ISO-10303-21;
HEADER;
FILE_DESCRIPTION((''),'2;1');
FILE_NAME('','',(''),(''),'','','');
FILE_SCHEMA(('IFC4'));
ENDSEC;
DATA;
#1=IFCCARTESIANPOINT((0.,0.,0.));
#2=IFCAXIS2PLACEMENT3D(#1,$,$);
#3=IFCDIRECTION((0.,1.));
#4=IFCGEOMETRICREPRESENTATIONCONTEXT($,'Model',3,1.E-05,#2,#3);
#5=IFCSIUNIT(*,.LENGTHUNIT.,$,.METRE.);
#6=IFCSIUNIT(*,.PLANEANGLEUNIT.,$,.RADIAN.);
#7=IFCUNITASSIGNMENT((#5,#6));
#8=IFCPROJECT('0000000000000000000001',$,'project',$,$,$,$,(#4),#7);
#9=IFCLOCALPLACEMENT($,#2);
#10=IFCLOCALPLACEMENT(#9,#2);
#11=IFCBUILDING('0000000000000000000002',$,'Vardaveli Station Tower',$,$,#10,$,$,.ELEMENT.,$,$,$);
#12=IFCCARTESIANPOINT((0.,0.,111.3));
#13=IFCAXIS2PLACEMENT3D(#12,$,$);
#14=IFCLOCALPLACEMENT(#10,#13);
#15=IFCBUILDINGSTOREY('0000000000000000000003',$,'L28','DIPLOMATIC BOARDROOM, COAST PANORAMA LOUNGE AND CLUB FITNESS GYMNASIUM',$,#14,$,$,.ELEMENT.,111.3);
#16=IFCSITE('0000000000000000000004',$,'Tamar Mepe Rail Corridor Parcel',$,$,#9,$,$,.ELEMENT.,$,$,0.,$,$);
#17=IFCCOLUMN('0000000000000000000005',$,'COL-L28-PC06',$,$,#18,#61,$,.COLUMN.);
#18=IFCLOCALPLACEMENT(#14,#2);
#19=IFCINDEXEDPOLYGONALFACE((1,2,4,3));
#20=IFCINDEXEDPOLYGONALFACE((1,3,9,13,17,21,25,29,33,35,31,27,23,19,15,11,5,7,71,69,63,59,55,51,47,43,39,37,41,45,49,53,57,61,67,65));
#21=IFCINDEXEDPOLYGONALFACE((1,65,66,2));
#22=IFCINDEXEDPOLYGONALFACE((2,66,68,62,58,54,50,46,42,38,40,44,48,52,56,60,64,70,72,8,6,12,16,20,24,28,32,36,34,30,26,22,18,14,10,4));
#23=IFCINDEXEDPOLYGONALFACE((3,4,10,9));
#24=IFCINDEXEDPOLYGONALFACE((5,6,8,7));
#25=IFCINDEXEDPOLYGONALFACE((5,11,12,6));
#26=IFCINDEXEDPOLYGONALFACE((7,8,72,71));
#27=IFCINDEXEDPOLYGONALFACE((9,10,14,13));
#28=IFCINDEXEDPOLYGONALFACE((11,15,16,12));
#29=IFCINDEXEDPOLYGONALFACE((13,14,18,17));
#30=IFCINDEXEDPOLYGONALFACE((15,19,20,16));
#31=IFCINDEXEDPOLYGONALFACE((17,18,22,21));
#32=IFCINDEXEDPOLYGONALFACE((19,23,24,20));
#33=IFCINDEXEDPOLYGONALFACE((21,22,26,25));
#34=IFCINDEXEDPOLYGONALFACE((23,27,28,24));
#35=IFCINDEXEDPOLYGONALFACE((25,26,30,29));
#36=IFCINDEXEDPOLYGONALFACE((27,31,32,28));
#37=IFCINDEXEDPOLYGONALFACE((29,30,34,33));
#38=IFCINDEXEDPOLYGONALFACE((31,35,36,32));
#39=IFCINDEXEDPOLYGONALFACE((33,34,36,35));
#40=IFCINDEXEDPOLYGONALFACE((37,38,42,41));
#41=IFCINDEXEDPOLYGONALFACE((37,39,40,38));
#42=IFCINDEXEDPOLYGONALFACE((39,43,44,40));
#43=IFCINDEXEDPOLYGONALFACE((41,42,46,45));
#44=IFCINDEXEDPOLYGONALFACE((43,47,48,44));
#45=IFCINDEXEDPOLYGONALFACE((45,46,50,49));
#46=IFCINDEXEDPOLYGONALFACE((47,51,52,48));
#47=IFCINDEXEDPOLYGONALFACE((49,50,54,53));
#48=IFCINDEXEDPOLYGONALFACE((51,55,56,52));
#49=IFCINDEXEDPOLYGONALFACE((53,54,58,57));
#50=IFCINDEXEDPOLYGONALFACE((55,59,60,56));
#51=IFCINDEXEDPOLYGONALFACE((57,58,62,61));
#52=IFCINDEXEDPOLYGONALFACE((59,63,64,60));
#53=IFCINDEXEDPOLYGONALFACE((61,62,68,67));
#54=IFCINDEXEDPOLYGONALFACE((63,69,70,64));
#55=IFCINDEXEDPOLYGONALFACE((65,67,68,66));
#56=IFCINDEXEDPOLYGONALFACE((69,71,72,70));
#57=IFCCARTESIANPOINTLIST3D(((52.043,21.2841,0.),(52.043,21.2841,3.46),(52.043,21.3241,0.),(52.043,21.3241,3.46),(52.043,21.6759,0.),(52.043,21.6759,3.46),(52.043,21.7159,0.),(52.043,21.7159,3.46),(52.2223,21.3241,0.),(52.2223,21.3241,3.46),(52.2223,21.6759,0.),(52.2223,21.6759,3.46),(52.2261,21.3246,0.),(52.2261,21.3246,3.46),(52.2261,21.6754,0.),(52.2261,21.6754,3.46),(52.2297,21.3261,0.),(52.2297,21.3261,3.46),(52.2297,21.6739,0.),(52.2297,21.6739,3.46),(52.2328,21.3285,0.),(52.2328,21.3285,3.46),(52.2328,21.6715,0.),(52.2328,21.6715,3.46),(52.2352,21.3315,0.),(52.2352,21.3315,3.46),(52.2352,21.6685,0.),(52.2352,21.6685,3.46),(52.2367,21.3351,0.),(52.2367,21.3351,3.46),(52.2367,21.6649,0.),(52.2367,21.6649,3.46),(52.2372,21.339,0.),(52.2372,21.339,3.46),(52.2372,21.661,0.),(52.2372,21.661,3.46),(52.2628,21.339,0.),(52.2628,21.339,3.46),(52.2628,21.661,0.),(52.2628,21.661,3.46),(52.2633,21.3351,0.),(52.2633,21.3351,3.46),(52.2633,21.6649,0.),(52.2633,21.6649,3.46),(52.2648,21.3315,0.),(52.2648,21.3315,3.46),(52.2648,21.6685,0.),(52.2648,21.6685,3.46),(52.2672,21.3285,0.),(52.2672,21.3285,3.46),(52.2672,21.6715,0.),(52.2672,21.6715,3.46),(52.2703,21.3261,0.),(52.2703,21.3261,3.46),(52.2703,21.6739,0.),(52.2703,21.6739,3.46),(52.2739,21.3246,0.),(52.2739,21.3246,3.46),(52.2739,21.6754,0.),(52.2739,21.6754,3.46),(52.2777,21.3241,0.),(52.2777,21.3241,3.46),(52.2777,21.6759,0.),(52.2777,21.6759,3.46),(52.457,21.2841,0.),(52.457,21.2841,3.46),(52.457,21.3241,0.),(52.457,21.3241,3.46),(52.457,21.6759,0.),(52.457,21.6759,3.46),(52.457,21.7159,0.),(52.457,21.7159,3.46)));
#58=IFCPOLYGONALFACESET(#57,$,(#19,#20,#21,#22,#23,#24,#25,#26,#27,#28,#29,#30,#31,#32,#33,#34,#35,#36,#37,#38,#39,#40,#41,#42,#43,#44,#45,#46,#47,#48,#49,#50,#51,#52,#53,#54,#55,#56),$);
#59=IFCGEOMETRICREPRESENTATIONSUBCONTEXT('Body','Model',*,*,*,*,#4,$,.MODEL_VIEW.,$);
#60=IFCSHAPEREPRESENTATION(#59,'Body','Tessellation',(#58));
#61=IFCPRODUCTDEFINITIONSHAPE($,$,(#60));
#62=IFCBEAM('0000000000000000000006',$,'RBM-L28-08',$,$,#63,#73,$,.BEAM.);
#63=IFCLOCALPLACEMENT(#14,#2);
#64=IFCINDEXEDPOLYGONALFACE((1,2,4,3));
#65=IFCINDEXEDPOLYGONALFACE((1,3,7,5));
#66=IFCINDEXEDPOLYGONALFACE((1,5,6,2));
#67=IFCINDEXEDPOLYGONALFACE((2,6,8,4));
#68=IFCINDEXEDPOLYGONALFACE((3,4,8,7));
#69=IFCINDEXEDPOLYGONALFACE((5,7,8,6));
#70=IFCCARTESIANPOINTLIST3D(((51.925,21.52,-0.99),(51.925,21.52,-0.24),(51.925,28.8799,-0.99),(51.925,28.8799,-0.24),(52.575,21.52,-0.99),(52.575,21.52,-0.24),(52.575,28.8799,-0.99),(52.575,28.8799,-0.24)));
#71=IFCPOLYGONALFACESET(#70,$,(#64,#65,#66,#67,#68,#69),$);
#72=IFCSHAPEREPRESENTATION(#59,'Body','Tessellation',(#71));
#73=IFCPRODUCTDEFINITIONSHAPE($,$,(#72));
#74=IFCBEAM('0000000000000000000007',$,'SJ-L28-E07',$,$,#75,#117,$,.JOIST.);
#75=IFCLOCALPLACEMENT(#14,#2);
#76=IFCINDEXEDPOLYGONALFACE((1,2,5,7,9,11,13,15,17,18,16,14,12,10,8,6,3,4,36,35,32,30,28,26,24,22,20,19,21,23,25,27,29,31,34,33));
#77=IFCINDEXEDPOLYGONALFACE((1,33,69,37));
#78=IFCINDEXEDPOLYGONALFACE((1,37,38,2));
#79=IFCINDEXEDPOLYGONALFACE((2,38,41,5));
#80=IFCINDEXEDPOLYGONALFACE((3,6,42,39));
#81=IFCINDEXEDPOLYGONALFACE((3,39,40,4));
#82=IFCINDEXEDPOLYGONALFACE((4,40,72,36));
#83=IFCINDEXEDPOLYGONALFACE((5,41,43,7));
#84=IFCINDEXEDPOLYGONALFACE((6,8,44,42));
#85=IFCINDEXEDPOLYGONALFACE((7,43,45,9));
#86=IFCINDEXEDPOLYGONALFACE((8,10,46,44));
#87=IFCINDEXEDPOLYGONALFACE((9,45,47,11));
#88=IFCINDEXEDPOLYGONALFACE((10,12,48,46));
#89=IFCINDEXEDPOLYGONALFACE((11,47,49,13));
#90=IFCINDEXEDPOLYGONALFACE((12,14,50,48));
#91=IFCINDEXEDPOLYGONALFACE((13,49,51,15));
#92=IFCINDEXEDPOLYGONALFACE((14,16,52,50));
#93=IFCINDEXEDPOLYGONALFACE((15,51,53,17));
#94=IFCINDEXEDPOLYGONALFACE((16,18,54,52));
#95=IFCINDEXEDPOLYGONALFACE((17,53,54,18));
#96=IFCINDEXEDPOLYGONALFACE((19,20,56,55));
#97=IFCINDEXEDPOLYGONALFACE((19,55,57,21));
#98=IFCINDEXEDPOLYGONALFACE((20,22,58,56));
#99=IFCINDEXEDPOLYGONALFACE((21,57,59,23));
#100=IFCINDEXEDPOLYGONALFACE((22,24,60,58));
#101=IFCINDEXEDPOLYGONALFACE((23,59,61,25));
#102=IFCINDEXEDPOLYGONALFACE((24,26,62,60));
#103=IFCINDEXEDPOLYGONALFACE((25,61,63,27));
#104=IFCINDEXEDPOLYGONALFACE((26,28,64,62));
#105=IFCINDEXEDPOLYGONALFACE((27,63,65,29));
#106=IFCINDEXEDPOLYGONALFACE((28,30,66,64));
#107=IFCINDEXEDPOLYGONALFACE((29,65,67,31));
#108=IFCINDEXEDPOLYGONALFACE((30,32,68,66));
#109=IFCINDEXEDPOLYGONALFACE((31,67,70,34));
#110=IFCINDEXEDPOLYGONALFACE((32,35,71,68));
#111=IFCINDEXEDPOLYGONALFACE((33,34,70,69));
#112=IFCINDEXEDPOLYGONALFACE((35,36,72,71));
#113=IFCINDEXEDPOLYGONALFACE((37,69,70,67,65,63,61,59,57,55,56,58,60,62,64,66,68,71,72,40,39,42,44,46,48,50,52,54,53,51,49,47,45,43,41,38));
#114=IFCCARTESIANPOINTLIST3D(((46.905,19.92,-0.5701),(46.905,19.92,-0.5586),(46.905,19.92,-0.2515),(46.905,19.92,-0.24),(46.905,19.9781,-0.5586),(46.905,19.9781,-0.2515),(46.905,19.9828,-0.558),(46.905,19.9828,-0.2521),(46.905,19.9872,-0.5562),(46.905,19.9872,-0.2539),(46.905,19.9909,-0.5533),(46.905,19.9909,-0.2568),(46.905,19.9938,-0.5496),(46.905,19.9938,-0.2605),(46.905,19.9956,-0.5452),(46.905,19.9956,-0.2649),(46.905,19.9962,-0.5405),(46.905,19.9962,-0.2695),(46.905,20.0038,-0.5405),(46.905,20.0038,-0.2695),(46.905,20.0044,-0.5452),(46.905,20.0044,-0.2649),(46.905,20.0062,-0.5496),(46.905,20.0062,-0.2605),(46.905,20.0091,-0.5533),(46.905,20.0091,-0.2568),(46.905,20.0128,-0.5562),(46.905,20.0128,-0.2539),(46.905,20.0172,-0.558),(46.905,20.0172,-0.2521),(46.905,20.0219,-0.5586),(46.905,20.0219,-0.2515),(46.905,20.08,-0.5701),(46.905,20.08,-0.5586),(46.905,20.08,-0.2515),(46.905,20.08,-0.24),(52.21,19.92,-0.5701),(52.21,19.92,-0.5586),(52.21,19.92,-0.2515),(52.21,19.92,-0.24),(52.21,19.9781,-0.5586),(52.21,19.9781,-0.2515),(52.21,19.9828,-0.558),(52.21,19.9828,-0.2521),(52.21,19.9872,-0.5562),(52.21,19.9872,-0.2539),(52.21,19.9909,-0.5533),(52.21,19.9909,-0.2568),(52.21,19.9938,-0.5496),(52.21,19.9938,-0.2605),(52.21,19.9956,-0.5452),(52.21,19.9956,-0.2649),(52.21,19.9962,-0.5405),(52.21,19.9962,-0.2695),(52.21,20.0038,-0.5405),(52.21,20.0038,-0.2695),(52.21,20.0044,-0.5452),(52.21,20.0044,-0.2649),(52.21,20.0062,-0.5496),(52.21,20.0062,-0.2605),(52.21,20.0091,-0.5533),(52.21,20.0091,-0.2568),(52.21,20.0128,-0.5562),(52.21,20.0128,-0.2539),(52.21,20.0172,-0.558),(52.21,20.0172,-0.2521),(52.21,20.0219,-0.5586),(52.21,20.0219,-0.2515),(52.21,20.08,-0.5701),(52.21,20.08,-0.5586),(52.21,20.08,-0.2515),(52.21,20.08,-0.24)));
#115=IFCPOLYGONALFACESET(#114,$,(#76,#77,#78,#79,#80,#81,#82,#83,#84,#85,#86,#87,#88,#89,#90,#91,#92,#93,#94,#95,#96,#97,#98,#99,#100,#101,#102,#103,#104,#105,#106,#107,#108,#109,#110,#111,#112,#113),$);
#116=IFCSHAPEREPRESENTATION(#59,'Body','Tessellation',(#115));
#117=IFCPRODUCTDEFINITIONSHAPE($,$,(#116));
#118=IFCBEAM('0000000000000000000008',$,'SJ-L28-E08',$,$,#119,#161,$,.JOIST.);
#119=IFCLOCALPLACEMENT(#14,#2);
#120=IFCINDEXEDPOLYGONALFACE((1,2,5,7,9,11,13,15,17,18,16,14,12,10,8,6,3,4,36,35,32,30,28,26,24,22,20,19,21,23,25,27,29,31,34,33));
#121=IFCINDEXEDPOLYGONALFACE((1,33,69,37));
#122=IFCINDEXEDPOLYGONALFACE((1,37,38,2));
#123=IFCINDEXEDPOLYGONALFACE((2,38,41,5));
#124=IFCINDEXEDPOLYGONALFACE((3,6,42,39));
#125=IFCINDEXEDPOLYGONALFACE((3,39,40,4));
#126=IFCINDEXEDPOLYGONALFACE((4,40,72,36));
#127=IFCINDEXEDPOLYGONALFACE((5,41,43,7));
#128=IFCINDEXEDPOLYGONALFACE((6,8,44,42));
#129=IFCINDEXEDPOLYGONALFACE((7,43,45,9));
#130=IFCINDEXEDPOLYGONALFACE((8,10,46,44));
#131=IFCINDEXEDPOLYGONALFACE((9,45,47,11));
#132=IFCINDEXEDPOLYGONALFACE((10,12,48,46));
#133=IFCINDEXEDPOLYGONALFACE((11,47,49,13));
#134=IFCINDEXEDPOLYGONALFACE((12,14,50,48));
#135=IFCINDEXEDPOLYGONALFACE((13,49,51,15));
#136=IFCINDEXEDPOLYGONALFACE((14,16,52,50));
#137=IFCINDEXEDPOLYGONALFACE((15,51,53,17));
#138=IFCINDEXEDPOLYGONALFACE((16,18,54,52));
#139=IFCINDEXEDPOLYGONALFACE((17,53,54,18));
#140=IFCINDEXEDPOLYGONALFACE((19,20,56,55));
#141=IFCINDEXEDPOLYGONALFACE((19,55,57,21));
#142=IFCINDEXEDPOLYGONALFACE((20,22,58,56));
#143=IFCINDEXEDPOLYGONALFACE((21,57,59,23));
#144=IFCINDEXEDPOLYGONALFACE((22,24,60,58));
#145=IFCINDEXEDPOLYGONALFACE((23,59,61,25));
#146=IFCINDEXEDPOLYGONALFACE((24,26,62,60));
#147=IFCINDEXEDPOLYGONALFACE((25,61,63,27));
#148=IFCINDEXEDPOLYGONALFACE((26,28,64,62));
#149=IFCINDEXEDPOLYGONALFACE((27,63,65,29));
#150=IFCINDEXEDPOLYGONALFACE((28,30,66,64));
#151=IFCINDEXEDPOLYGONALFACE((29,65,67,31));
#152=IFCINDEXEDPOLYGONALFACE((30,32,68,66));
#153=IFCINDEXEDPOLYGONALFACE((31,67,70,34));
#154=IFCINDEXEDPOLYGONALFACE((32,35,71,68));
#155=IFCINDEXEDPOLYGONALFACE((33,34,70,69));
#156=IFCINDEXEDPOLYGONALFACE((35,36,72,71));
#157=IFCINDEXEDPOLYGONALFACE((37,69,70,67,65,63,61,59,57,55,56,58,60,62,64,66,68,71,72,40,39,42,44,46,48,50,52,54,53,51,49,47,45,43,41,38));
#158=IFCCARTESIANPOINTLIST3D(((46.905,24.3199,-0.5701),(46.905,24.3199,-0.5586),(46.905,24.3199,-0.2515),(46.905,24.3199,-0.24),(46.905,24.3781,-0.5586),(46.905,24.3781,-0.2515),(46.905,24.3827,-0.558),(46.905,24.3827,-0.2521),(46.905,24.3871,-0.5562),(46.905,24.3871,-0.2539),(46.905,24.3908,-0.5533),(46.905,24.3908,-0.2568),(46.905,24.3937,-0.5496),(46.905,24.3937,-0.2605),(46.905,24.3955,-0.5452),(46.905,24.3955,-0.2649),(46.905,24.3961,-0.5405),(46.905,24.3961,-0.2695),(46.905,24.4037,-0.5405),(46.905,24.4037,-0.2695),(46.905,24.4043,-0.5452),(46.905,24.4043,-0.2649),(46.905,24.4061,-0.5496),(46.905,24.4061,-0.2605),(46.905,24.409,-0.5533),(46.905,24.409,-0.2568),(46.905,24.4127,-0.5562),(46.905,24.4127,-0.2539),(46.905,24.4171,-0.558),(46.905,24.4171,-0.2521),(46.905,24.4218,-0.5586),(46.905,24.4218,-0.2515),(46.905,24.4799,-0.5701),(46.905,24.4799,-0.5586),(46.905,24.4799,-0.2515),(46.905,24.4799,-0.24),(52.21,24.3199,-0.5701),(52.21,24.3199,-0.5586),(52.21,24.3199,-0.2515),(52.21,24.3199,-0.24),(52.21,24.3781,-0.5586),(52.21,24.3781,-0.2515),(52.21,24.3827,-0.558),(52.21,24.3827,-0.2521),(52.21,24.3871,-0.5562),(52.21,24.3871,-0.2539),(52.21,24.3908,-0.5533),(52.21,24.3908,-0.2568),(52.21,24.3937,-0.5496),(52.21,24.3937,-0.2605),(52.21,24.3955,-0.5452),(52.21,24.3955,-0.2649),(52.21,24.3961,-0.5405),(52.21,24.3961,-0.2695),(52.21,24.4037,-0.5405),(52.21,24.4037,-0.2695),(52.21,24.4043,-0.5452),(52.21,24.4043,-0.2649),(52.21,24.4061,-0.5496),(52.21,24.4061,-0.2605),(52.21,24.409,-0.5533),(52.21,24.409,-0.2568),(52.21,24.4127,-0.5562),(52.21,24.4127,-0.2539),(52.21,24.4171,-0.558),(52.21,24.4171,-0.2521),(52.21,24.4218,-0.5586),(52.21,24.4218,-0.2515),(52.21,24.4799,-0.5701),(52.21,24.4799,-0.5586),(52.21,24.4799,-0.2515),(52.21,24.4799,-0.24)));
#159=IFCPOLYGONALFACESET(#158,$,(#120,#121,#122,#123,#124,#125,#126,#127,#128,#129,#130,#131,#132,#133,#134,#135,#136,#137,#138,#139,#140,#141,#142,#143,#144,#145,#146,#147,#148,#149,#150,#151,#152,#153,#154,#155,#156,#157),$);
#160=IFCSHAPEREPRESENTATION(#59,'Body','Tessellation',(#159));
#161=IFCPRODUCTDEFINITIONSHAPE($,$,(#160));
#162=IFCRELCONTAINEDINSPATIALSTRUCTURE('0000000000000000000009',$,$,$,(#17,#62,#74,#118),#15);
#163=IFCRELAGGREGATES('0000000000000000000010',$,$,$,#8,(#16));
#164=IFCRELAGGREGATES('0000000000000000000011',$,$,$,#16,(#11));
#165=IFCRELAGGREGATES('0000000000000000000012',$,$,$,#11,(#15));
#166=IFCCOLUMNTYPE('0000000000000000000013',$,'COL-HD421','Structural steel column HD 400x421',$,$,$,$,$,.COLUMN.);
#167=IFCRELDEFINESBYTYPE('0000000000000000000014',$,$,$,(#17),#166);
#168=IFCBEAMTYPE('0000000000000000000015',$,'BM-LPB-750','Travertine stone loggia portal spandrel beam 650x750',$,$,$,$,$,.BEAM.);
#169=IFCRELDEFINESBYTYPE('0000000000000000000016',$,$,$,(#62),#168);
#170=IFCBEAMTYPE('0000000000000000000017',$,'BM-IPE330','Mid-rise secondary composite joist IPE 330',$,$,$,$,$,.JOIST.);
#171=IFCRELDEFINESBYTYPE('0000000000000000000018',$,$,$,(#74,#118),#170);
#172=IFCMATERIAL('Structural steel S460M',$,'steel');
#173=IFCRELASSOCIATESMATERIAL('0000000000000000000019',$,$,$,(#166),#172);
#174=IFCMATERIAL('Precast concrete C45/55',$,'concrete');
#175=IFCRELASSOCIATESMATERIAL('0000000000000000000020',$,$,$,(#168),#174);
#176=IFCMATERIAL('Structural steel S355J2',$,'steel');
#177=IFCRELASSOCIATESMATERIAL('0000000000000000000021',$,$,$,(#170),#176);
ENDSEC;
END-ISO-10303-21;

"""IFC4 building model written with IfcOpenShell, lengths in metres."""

from ifc_helpers import new_model, si_unit, direction, frame, origin, origin_2d, place, context, subcontext, project, spatial, rectangle, i_section, extrude, source, transform, mapped, material, material_profile, profile_set, type_object, element, save


model = new_model("IFC4")

# Units and contexts
model_context = context("Model", 3, precision=1e-05, world=origin(), true_north=direction((0.0, 1.0)))
body_context = subcontext(model_context, "Body", "Model", "MODEL_VIEW")
ifc_project = project(units=[si_unit("LENGTHUNIT", "METRE"), si_unit("PLANEANGLEUNIT", "RADIAN")], contexts=[model_context])

# Site, building, storey
site_placement = place(None, origin())
site = spatial("IfcSite", under=ifc_project, at=site_placement, Name="Tamar Mepe Rail Corridor Parcel", CompositionType="ELEMENT", RefElevation=0.0)
building_placement = place(site_placement, origin())
building = spatial("IfcBuilding", under=site, at=building_placement, Name="Vardaveli Station Tower", CompositionType="ELEMENT")
storey_placement = place(building_placement, frame((0.0, 0.0, 111.3)))
storey = spatial("IfcBuildingStorey", under=building, at=storey_placement, Name="L28", Description="DIPLOMATIC BOARDROOM, COAST PANORAMA LOUNGE AND CLUB FITNESS GYMNASIUM", CompositionType="ELEMENT", Elevation=111.3)

# Column
ifc_material_1 = material(Name="Structural steel S460M", Category="steel")
ifc_material_profile_1 = material_profile(ifc_material_1, i_section(OverallWidth=0.4141, OverallDepth=0.4319, WebThickness=0.0256, FlangeThickness=0.04, FilletRadius=0.0149, at=origin_2d()), Name="HD 400x421")
ifc_profile_set_1 = profile_set([ifc_material_profile_1], Name="Structural steel S460M")
column_type = type_object("IfcColumnType", Name="COL-HD421", Description="Structural steel column HD 400x421", PredefinedType="COLUMN", material=ifc_profile_set_1)
shared_shape_1 = source(origin(), body_context, "Body", "SweptSolid", [
    extrude(i_section(OverallWidth=0.4141, OverallDepth=0.4319, WebThickness=0.0256, FlangeThickness=0.04, FilletRadius=0.0149, at=origin_2d()), origin(), (0.0, 0.0, 1.0), 3.46),
])
column_placement = place(storey_placement, frame((52.25, 21.5, 0.0), z_axis=(0.0, 0.0, 1.0), x_axis=(1.0, 0.0, 0.0)))
element("IfcColumn", 1, at=column_placement, inside=storey, type_object=column_type, Name="COL-L28-PC06", PredefinedType="COLUMN", context=body_context, shape_type="MappedRepresentation", body=[
    mapped(shared_shape_1, transform((0.0, 0.0, 0.0), scale=1.0)),
])

# Beams
ifc_material_2 = material(Name="Precast concrete C45/55", Category="concrete")
ifc_material_profile_2 = material_profile(ifc_material_2, rectangle(XDim=0.6499, YDim=0.75, at=origin_2d()), Name="LPB 650x750")
ifc_profile_set_2 = profile_set([ifc_material_profile_2], Name="Precast concrete C45/55")
beam_type_1 = type_object("IfcBeamType", Name="BM-LPB-750", Description="Travertine stone loggia portal spandrel beam 650x750", PredefinedType="BEAM", material=ifc_profile_set_2)
shared_shape_2 = source(origin(), body_context, "Body", "SweptSolid", [
    extrude(rectangle(XDim=0.6499, YDim=0.75, at=origin_2d()), origin(), (0.0, 0.0, 1.0), 7.3599),
])
beam_1_placement = place(storey_placement, frame((52.25, 21.52, -0.615), z_axis=(0.0, 1.0, 0.0), x_axis=(-1.0, 0.0, 0.0)))
element("IfcBeam", 2, at=beam_1_placement, inside=storey, type_object=beam_type_1, Name="RBM-L28-08", PredefinedType="BEAM", context=body_context, shape_type="MappedRepresentation", body=[
    mapped(shared_shape_2, transform((0.0, 0.0, 0.0), scale=1.0)),
])
ifc_material_3 = material(Name="Structural steel S355J2", Category="steel")
ifc_material_profile_3 = material_profile(ifc_material_3, i_section(OverallWidth=0.1599, OverallDepth=0.3301, WebThickness=0.0076, FlangeThickness=0.0115, FilletRadius=0.0181, at=origin_2d()), Name="IPE 330")
ifc_profile_set_3 = profile_set([ifc_material_profile_3], Name="Structural steel S355J2")
beam_type_2 = type_object("IfcBeamType", Name="BM-IPE330", Description="Mid-rise secondary composite joist IPE 330", PredefinedType="JOIST", material=ifc_profile_set_3)
shared_shape_3 = source(origin(), body_context, "Body", "SweptSolid", [
    extrude(i_section(OverallWidth=0.1599, OverallDepth=0.3301, WebThickness=0.0076, FlangeThickness=0.0115, FilletRadius=0.0181, at=origin_2d()), origin(), (0.0, 0.0, 1.0), 5.3049),
])
for number, where, z_axis, x_axis, name in (
    (3, (46.905, 20.0, -0.405), (1.0, 0.0, 0.0), (0.0, 1.0, 0.0), "SJ-L28-E07"),
    (4, (46.905, 24.3999, -0.405), (1.0, 0.0, 0.0), (0.0, 1.0, 0.0), "SJ-L28-E08"),
):
    element("IfcBeam", number, at=place(storey_placement, frame(where, z_axis=z_axis, x_axis=x_axis)), inside=storey, type_object=beam_type_2, Name=name, PredefinedType="JOIST", context=body_context, shape_type="MappedRepresentation", body=[
        mapped(shared_shape_3, transform((0.0, 0.0, 0.0), scale=1.0)),
    ])

save(model, "model.ifc")
